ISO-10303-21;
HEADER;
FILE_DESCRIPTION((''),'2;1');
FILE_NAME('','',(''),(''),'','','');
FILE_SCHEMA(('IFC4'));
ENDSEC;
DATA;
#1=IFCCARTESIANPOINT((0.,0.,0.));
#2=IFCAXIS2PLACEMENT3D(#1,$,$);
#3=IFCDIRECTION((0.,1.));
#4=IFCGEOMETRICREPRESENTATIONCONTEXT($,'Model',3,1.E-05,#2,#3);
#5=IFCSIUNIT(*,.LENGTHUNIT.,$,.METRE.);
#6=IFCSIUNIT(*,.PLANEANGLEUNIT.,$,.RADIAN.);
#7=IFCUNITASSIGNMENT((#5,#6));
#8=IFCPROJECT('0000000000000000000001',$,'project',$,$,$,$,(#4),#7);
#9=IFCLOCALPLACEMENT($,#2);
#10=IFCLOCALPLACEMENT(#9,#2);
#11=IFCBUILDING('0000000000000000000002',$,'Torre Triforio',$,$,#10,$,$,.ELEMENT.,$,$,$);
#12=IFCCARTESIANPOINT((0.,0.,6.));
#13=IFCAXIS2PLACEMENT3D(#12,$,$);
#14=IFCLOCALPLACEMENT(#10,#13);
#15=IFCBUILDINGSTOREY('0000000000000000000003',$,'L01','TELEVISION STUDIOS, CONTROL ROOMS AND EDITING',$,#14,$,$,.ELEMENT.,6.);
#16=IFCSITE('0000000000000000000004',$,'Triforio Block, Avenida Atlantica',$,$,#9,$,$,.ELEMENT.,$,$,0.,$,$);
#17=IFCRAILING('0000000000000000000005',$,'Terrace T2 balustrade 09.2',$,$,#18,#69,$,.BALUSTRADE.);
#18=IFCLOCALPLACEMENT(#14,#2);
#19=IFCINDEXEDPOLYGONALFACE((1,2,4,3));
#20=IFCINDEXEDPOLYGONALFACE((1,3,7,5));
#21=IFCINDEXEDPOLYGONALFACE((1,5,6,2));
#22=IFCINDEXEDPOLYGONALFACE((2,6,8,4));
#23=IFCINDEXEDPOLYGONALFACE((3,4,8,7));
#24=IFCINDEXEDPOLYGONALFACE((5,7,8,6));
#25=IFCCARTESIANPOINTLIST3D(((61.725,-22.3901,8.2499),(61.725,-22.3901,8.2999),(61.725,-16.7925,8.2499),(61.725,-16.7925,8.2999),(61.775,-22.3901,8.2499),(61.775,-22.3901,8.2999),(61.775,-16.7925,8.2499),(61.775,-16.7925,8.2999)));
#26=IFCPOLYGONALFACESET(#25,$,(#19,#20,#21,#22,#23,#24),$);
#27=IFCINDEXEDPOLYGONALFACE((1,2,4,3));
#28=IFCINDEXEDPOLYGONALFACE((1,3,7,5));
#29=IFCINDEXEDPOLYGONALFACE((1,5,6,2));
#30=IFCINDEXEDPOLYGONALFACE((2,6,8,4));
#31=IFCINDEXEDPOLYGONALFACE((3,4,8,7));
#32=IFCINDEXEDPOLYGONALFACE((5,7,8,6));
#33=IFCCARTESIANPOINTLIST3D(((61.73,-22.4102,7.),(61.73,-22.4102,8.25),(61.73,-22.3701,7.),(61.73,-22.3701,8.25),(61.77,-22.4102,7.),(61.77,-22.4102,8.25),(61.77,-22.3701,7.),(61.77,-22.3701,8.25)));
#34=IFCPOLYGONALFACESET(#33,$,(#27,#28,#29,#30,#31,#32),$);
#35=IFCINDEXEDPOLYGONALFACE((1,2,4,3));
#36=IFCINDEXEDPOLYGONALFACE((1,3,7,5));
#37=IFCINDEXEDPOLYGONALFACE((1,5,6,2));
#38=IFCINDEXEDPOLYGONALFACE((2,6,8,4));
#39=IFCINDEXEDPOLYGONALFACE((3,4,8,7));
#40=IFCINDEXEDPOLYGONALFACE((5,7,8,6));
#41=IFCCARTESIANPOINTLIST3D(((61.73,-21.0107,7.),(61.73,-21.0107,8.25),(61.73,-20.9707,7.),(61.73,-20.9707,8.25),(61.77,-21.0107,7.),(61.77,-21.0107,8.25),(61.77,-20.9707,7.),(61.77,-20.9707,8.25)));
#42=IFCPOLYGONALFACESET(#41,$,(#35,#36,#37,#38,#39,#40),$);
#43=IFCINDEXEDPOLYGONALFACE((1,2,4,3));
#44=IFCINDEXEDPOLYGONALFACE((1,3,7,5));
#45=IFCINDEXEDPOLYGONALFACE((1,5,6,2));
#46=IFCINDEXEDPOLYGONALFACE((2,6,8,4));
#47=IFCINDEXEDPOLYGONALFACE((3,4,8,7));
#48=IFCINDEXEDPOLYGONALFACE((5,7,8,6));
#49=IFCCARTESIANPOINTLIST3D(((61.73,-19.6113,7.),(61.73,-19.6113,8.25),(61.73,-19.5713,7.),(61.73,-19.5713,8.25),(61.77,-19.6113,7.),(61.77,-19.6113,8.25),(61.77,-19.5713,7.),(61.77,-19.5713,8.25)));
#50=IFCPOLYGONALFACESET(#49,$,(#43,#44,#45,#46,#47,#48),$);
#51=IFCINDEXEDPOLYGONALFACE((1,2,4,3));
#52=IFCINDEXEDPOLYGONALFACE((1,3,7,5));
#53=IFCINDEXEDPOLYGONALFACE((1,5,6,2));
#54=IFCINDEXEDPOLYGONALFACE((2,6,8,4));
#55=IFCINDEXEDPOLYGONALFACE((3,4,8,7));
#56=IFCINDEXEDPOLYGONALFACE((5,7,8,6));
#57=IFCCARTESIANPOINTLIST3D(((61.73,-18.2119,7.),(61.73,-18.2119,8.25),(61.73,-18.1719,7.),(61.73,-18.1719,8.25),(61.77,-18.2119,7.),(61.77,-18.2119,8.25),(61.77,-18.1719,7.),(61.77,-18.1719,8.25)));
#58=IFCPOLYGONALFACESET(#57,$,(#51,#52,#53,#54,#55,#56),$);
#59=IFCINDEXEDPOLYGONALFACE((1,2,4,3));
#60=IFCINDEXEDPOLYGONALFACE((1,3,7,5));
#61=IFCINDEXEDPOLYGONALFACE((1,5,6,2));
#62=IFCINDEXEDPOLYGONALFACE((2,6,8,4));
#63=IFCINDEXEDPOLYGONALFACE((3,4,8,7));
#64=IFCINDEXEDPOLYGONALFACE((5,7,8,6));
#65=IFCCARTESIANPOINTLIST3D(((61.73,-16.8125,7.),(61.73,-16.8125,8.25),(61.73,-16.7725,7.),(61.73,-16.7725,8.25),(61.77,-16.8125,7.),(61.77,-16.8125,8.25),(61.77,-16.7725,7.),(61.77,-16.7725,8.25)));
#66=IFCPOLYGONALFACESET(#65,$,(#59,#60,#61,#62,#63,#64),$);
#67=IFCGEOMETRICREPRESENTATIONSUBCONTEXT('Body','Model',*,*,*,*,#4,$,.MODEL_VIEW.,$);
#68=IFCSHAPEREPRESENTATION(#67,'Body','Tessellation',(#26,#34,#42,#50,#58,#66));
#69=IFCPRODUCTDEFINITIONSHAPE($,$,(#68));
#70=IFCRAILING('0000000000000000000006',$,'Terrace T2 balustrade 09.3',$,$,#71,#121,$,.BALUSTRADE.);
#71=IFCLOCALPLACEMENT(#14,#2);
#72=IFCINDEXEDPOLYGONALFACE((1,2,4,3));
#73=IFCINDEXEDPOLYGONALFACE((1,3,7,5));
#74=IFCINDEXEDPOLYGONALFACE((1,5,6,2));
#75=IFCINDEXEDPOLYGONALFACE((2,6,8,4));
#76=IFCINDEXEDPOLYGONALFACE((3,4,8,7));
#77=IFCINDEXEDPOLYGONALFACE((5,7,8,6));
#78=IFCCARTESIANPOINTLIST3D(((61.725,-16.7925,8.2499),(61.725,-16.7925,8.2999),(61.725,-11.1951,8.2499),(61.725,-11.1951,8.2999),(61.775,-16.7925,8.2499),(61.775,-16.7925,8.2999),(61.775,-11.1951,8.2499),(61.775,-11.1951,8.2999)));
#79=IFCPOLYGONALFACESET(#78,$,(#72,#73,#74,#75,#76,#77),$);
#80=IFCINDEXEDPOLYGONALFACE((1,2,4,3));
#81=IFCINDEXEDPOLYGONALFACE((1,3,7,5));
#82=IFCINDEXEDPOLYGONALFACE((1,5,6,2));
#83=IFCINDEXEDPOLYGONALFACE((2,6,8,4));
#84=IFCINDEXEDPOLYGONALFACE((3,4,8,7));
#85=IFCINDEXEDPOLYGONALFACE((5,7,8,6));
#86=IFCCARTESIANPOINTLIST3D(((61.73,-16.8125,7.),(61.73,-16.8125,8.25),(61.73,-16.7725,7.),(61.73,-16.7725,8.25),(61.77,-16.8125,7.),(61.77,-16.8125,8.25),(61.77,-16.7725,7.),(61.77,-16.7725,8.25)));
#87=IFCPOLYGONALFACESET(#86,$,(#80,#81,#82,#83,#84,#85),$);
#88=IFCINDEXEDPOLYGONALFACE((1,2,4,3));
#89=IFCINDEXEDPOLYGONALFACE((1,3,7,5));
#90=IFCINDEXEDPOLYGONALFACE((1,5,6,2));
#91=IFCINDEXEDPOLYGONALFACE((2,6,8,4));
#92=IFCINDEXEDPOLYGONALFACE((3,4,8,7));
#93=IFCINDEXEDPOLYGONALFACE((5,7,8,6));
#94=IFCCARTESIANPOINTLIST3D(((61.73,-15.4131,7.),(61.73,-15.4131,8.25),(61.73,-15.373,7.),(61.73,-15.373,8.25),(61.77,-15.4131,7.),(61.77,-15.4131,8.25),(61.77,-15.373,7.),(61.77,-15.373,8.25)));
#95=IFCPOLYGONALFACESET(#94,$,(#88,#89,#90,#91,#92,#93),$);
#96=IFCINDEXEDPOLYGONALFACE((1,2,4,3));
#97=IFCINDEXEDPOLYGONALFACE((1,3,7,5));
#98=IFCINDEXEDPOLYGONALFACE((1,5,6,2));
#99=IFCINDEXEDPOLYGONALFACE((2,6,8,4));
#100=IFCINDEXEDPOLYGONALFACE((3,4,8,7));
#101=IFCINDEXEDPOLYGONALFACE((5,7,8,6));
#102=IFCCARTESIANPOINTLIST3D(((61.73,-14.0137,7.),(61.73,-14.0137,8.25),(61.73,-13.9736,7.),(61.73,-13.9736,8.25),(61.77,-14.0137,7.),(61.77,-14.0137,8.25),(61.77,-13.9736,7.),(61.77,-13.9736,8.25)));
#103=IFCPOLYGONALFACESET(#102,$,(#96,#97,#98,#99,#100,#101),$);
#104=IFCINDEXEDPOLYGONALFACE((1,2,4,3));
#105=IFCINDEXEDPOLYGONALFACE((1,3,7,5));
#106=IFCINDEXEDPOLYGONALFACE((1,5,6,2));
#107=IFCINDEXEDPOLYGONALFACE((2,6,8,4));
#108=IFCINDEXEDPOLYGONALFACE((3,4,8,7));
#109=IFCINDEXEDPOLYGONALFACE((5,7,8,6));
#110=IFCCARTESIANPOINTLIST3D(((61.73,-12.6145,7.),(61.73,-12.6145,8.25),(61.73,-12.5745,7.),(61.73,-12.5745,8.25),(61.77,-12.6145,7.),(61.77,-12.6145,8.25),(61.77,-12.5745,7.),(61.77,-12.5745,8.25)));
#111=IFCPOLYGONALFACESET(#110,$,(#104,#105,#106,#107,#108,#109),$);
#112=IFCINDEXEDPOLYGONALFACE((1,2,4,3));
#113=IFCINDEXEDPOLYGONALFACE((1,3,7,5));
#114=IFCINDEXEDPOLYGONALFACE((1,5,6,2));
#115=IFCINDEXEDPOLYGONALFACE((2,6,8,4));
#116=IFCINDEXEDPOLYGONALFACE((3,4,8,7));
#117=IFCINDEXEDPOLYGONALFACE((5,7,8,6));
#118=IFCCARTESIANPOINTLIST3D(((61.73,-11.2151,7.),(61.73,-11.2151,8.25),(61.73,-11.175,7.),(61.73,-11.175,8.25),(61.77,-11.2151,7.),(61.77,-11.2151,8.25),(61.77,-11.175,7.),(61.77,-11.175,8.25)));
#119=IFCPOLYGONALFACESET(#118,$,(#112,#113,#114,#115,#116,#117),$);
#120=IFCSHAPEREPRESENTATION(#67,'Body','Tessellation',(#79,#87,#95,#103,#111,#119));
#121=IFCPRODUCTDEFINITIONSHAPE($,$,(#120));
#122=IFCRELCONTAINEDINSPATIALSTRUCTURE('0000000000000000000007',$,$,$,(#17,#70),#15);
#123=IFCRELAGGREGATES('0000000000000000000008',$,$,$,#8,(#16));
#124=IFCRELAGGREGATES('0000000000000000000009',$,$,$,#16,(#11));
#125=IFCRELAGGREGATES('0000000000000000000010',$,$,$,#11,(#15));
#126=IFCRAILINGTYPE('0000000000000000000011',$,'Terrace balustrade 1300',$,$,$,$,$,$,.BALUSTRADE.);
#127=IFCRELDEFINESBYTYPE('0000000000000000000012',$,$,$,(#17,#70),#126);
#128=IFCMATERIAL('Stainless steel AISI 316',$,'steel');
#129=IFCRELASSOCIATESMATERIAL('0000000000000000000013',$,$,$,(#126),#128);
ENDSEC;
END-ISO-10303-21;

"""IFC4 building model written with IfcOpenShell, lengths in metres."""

from ifc_helpers import new_model, si_unit, direction, frame, origin, origin_2d, place, context, subcontext, project, spatial, rectangle, extrude, material, type_object, element, save


model = new_model("IFC4")

# Units and contexts
model_context = context("Model", 3, precision=1e-05, world=origin(), true_north=direction((0.0, 1.0)))
body_context = subcontext(model_context, "Body", "Model", "MODEL_VIEW")
ifc_project = project(units=[si_unit("LENGTHUNIT", "METRE"), si_unit("PLANEANGLEUNIT", "RADIAN")], contexts=[model_context])

# Site, building, storey
site_placement = place(None, origin())
site = spatial("IfcSite", under=ifc_project, at=site_placement, Name="Triforio Block, Avenida Atlantica", CompositionType="ELEMENT", RefElevation=0.0)
building_placement = place(site_placement, origin())
building = spatial("IfcBuilding", under=site, at=building_placement, Name="Torre Triforio", CompositionType="ELEMENT")
storey_placement = place(building_placement, frame((0.0, 0.0, 6.0)))
storey = spatial("IfcBuildingStorey", under=building, at=storey_placement, Name="L01", Description="TELEVISION STUDIOS, CONTROL ROOMS AND EDITING", CompositionType="ELEMENT", Elevation=6.0)

# Railings
ifc_material_1 = material(Name="Stainless steel AISI 316", Category="steel")
railing_type = type_object("IfcRailingType", Name="Terrace balustrade 1300", PredefinedType="BALUSTRADE", material=ifc_material_1)
for number, where, name in (
    (1, (61.75, -22.3901, 7.0), "Terrace T2 balustrade 09.2"),
):
    element("IfcRailing", number, at=place(storey_placement, frame(where)), inside=storey, type_object=railing_type, Name=name, PredefinedType="BALUSTRADE", context=body_context, shape_type="SweptSolid", body=[
        extrude(rectangle(XDim=0.05, YDim=0.05, at=origin_2d()), frame((0.0, 0.0, 1.2749), z_axis=(0.0, 1.0, 0.0), x_axis=(-1.0, 0.0, 0.0)), (0.0, 0.0, 1.0), 5.5977),
        extrude(rectangle(XDim=0.04, YDim=0.04, at=origin_2d()), origin(), (0.0, 0.0, 1.0), 1.25),
        extrude(rectangle(XDim=0.04, YDim=0.04, at=origin_2d()), frame((0.0, 1.3994, 0.0)), (0.0, 0.0, 1.0), 1.25),
        extrude(rectangle(XDim=0.04, YDim=0.04, at=origin_2d()), frame((0.0, 2.7988, 0.0)), (0.0, 0.0, 1.0), 1.25),
        extrude(rectangle(XDim=0.04, YDim=0.04, at=origin_2d()), frame((0.0, 4.1982, 0.0)), (0.0, 0.0, 1.0), 1.25),
        extrude(rectangle(XDim=0.04, YDim=0.04, at=origin_2d()), frame((0.0, 5.5977, 0.0)), (0.0, 0.0, 1.0), 1.25),
    ])
railing_1_placement = place(storey_placement, frame((61.75, -16.7925, 7.0)))
element("IfcRailing", 2, at=railing_1_placement, inside=storey, type_object=railing_type, Name="Terrace T2 balustrade 09.3", PredefinedType="BALUSTRADE", context=body_context, shape_type="SweptSolid", body=[
    extrude(rectangle(XDim=0.05, YDim=0.05, at=origin_2d()), frame((0.0, 0.0, 1.2749), z_axis=(0.0, 1.0, 0.0), x_axis=(-1.0, 0.0, 0.0)), (0.0, 0.0, 1.0), 5.5974),
    extrude(rectangle(XDim=0.04, YDim=0.04, at=origin_2d()), origin(), (0.0, 0.0, 1.0), 1.25),
    extrude(rectangle(XDim=0.04, YDim=0.04, at=origin_2d()), frame((0.0, 1.3994, 0.0)), (0.0, 0.0, 1.0), 1.25),
    extrude(rectangle(XDim=0.04, YDim=0.04, at=origin_2d()), frame((0.0, 2.7988, 0.0)), (0.0, 0.0, 1.0), 1.25),
    extrude(rectangle(XDim=0.04, YDim=0.04, at=origin_2d()), frame((0.0, 4.198, 0.0)), (0.0, 0.0, 1.0), 1.25),
    extrude(rectangle(XDim=0.04, YDim=0.04, at=origin_2d()), frame((0.0, 5.5974, 0.0)), (0.0, 0.0, 1.0), 1.25),
])

save(model, "model.ifc")
